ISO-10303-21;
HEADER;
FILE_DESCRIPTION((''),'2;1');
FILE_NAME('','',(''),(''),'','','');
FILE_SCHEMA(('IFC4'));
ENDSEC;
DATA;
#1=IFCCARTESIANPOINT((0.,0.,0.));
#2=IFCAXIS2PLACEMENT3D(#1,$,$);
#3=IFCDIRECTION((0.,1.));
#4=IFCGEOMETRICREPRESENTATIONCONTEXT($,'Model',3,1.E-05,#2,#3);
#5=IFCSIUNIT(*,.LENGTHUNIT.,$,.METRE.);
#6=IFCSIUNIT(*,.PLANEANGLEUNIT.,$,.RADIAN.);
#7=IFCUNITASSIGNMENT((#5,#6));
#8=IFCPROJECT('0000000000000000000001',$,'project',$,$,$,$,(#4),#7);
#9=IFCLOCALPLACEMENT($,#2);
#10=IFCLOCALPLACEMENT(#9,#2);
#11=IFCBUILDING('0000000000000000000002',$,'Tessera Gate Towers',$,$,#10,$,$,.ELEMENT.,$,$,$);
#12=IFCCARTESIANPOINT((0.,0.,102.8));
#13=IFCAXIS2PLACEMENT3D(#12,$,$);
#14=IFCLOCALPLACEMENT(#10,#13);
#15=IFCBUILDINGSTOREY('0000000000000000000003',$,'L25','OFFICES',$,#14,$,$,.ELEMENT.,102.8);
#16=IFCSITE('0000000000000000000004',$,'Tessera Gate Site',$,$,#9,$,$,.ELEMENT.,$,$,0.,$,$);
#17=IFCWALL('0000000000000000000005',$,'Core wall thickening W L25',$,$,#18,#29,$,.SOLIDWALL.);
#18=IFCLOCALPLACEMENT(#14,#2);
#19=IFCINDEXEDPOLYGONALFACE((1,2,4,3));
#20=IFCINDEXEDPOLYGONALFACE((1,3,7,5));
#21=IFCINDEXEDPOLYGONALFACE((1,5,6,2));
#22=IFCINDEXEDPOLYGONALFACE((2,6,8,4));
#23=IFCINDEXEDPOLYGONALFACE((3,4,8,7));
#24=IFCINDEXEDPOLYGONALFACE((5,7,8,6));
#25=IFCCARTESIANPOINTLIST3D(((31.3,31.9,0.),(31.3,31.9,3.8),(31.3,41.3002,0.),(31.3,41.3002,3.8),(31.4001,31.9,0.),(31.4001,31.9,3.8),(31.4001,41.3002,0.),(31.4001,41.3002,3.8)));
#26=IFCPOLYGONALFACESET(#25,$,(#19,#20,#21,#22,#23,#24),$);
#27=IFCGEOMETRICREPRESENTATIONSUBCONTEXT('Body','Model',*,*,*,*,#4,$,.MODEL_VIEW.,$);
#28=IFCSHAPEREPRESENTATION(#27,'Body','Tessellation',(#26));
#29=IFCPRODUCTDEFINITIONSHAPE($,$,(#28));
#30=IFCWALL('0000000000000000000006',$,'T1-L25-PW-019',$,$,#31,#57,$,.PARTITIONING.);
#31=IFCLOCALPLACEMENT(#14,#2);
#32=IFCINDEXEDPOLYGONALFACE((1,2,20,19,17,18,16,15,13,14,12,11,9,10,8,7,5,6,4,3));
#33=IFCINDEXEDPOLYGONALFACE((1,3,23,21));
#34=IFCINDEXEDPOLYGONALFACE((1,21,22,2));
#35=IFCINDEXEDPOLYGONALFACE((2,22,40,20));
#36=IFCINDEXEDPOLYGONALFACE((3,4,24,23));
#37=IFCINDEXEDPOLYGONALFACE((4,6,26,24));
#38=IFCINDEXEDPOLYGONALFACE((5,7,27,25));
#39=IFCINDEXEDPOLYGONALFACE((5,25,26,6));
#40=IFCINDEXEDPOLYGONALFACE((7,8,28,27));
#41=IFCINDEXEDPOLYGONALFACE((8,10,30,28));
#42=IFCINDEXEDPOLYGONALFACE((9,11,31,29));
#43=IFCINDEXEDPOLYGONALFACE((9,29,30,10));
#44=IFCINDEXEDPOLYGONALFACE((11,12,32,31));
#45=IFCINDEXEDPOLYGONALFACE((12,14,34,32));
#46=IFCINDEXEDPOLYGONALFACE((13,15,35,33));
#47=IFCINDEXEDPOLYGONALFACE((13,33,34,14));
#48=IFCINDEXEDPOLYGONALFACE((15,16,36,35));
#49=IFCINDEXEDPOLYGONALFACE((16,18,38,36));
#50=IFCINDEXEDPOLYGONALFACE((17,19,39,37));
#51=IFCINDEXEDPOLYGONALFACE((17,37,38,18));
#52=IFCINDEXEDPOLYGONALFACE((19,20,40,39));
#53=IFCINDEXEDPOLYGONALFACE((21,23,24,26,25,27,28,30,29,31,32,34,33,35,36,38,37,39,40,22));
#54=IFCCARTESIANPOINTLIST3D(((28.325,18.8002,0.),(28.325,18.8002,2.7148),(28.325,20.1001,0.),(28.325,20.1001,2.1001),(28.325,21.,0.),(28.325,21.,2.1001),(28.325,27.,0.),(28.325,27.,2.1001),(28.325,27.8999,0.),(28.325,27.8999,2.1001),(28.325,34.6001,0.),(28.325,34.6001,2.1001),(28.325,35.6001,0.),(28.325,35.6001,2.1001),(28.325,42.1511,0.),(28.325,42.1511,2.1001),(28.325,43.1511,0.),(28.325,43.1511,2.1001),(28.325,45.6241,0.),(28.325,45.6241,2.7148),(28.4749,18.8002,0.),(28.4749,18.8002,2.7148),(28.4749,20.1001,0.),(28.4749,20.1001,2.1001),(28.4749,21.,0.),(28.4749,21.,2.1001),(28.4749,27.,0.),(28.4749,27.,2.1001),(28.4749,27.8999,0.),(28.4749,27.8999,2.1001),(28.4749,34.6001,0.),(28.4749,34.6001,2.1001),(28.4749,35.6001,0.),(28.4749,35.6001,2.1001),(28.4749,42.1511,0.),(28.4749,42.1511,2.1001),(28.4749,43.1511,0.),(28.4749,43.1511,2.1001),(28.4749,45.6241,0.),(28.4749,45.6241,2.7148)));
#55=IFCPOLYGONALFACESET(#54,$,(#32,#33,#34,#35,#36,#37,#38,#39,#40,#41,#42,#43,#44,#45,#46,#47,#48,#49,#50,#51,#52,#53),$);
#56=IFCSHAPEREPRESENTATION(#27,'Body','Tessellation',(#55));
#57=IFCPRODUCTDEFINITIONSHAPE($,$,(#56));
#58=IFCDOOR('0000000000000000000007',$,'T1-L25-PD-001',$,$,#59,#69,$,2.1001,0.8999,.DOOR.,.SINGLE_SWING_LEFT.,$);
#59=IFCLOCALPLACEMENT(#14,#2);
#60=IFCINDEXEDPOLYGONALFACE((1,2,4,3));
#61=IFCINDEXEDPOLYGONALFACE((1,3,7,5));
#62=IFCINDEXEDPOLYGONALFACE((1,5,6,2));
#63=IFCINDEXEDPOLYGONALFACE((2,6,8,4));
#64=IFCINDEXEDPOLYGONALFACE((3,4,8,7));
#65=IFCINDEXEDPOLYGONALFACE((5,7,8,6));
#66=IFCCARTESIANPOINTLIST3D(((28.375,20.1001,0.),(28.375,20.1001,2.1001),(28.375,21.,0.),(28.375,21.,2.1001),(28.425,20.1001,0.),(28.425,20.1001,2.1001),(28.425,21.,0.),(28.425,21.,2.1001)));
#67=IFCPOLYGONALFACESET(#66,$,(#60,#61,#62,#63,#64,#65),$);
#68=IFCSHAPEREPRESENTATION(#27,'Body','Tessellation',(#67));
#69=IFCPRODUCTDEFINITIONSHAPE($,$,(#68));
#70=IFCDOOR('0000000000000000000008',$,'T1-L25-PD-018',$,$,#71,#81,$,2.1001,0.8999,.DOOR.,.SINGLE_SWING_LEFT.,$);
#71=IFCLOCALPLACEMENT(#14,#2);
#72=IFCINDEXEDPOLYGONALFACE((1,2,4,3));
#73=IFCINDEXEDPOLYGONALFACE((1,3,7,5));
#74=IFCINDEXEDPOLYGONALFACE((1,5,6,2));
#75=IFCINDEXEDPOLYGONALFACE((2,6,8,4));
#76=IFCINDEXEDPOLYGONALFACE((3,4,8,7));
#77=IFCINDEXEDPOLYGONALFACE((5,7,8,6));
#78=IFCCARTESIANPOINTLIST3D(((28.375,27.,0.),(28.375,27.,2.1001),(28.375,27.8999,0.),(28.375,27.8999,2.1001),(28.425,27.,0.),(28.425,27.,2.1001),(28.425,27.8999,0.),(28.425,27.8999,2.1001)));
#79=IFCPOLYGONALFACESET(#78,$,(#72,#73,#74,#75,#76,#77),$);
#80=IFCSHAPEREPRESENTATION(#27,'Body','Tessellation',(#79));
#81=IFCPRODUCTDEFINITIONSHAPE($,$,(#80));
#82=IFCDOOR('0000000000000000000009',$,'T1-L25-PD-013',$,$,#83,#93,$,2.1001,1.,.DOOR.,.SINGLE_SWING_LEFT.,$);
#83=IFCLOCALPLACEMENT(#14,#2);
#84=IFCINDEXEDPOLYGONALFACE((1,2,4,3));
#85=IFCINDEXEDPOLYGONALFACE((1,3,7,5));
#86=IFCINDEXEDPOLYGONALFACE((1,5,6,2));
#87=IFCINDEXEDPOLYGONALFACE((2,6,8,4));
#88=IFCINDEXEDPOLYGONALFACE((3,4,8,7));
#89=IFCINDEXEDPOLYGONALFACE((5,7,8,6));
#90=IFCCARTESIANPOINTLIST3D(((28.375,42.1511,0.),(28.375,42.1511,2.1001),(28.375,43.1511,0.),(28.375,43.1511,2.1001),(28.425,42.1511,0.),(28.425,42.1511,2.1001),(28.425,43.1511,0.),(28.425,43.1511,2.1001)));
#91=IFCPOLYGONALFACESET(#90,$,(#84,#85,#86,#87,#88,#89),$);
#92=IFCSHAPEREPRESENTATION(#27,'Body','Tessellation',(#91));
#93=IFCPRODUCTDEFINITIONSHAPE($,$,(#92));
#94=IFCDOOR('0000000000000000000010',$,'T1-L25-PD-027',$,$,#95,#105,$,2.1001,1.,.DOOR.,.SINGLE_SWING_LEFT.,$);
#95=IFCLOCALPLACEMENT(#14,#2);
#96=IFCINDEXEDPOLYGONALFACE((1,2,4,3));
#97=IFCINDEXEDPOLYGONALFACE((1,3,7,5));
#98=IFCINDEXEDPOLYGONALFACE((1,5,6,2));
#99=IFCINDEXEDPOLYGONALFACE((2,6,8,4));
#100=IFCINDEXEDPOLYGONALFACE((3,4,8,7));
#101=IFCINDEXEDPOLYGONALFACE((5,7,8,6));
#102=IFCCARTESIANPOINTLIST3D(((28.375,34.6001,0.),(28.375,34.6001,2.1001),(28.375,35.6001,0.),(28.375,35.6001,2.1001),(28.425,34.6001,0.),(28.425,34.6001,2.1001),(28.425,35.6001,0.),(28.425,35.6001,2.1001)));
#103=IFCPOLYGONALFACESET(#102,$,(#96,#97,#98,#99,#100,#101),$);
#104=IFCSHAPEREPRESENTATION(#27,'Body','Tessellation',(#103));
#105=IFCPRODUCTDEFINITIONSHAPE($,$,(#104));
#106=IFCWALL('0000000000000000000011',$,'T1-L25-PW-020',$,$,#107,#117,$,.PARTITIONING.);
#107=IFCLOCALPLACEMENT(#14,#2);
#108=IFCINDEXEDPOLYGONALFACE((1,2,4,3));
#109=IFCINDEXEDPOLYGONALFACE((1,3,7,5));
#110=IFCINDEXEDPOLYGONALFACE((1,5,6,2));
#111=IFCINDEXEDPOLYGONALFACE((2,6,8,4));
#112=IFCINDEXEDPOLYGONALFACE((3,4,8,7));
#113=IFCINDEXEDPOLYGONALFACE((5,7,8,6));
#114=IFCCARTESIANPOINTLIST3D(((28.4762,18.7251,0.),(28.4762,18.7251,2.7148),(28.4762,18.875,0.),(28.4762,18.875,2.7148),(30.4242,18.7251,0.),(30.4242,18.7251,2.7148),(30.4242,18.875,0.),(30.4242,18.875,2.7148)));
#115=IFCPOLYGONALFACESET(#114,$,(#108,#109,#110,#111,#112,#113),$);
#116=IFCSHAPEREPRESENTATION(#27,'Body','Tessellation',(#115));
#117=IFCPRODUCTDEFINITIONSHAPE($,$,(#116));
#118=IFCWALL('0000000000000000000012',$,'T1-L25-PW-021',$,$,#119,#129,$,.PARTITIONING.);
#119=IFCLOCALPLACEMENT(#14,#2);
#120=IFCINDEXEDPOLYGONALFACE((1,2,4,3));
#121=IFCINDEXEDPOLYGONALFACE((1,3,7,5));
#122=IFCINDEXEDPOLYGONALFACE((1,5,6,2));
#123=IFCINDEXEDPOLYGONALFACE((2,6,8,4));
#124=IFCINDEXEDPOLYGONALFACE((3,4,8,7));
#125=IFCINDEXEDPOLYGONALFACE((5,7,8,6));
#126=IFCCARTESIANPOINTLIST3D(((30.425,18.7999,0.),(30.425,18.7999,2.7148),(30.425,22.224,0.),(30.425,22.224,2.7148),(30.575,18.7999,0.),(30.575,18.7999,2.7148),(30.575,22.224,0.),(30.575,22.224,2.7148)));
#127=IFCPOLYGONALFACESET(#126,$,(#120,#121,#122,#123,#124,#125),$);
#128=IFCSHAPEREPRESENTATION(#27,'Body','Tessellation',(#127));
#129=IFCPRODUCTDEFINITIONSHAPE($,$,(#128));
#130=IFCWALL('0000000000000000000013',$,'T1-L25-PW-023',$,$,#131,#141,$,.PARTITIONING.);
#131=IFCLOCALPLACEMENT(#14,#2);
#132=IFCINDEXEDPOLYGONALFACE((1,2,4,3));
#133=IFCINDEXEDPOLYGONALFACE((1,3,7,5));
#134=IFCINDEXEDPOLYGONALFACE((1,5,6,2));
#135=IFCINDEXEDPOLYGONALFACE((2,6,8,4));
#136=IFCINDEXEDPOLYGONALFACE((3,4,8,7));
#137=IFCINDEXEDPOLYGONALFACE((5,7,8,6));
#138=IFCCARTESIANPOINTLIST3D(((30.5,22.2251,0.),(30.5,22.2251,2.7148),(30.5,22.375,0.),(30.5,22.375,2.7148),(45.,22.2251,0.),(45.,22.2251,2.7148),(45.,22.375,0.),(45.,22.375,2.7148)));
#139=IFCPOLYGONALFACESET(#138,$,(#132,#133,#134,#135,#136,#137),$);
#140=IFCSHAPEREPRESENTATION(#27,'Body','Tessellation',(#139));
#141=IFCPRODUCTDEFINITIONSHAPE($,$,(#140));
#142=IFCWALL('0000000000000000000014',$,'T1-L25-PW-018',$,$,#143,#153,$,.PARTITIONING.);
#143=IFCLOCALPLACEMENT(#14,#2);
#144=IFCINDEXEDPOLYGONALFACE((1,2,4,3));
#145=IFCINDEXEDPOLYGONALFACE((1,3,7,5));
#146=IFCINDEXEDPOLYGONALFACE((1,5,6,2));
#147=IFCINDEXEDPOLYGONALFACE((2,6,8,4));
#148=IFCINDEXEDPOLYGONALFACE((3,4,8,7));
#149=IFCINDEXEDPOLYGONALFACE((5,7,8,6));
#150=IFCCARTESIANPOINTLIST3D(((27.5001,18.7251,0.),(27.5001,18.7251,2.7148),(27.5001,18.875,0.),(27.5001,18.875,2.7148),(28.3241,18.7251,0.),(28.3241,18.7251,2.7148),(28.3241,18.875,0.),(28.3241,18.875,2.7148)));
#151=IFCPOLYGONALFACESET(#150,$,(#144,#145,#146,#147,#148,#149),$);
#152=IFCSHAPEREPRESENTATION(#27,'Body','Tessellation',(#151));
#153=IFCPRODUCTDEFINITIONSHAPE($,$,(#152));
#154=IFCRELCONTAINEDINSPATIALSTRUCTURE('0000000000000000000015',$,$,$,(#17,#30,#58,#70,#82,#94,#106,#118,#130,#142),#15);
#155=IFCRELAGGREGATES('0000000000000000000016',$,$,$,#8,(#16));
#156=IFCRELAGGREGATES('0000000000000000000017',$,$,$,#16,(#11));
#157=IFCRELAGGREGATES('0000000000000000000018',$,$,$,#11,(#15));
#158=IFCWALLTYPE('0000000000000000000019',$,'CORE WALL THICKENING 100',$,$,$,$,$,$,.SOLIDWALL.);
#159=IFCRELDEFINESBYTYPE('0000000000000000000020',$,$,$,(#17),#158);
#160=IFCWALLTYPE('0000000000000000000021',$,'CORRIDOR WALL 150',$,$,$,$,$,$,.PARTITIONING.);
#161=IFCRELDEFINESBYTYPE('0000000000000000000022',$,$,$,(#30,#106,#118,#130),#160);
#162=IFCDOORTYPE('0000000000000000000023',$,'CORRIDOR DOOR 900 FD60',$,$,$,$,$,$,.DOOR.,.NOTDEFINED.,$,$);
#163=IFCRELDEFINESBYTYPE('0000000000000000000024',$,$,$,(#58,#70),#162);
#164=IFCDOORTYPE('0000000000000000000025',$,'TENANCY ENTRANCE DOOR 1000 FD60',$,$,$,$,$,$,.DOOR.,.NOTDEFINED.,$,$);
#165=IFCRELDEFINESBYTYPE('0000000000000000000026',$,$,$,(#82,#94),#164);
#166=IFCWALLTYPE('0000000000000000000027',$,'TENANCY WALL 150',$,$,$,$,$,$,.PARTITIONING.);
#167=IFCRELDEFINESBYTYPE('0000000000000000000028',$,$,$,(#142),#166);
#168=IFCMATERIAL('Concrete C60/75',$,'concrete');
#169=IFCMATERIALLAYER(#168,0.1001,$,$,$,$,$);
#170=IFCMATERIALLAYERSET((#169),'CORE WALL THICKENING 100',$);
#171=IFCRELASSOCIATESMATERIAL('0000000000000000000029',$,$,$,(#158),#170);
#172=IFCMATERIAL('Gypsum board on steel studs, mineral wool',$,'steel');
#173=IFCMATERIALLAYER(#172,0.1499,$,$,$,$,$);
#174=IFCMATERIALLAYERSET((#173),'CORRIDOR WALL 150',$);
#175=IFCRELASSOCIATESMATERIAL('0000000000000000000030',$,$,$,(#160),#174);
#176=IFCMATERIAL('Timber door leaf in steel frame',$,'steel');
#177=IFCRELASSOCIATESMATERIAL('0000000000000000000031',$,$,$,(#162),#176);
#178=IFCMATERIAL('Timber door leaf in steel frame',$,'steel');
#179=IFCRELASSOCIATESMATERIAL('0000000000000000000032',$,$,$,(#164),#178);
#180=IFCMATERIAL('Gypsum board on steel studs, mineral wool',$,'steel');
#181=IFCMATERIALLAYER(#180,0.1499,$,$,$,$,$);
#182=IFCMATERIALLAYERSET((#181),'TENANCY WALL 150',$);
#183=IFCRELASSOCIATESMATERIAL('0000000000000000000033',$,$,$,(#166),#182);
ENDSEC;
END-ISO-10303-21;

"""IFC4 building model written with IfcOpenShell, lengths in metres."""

from ifc_helpers import new_model, si_unit, direction, frame, frame_2d, origin, place, context, subcontext, project, spatial, rectangle, extrude, source, transform, mapped, material, layer, layer_set, type_object, element, fill, save


model = new_model("IFC4")

# Units and contexts
model_context = context("Model", 3, precision=1e-05, world=origin(), true_north=direction((0.0, 1.0)))
body_context = subcontext(model_context, "Body", "Model", "MODEL_VIEW")
ifc_project = project(units=[si_unit("LENGTHUNIT", "METRE"), si_unit("PLANEANGLEUNIT", "RADIAN")], contexts=[model_context])

# Site, building, storey
site_placement = place(None, origin())
site = spatial("IfcSite", under=ifc_project, at=site_placement, Name="Tessera Gate Site", CompositionType="ELEMENT", RefElevation=0.0)
building_placement = place(site_placement, origin())
building = spatial("IfcBuilding", under=site, at=building_placement, Name="Tessera Gate Towers", CompositionType="ELEMENT")
storey_placement = place(building_placement, frame((0.0, 0.0, 102.8)))
storey = spatial("IfcBuildingStorey", under=building, at=storey_placement, Name="L25", Description="OFFICES", CompositionType="ELEMENT", Elevation=102.8)

# Wall
ifc_material_1 = material(Name="Concrete C60/75", Category="concrete")
ifc_layer_1 = layer(ifc_material_1, 0.1001)
ifc_layer_set_1 = layer_set([ifc_layer_1], Name="CORE WALL THICKENING 100")
wall_type_1 = type_object("IfcWallType", Name="CORE WALL THICKENING 100", PredefinedType="SOLIDWALL", material=ifc_layer_set_1)
wall_1_placement = place(storey_placement, frame((31.3501, 31.8999, 0.0), z_axis=(0.0, 0.0, 1.0), x_axis=(0.0, 1.0, 0.0)))
element("IfcWall", 1, at=wall_1_placement, inside=storey, type_object=wall_type_1, Name="Core wall thickening W L25", PredefinedType="SOLIDWALL", context=body_context, shape_type="SweptSolid", body=[
    extrude(rectangle(XDim=9.4001, YDim=0.1001, at=frame_2d((4.7002, 0.0))), origin(), (0.0, 0.0, 1.0), 3.8),
])

# Wall, openings, doors
ifc_material_2 = material(Name="Gypsum board on steel studs, mineral wool", Category="steel")
ifc_layer_2 = layer(ifc_material_2, 0.1499)
ifc_layer_set_2 = layer_set([ifc_layer_2], Name="CORRIDOR WALL 150")
wall_type_2 = type_object("IfcWallType", Name="CORRIDOR WALL 150", PredefinedType="PARTITIONING", material=ifc_layer_set_2)
wall_2_placement = place(storey_placement, frame((28.3999, 18.8, 0.0), z_axis=(0.0, 0.0, 1.0), x_axis=(0.0, 1.0, 0.0)))
wall_2 = element("IfcWall", 2, at=wall_2_placement, inside=storey, type_object=wall_type_2, Name="T1-L25-PW-019", PredefinedType="PARTITIONING", context=body_context, shape_type="SweptSolid", body=[
    extrude(rectangle(XDim=26.824, YDim=0.1499, at=frame_2d((13.4121, 0.0))), origin(), (0.0, 0.0, 1.0), 2.7148),
])
shared_shape_1 = source(origin(), body_context, "Body", "SweptSolid", [
    extrude(rectangle(XDim=0.8999, YDim=2.1001, at=frame_2d((0.45, 1.05))), frame((0.0, 0.085, 0.0), z_axis=(0.0, -1.0, 0.0), x_axis=(1.0, 0.0, 0.0)), (0.0, 0.0, 1.0), 0.1699),
])
opening_1_placement = place(wall_2_placement, frame((1.3, 0.0, 0.0)))
opening_1 = element("IfcOpeningElement", 3, at=opening_1_placement, cuts=wall_2, PredefinedType="OPENING", context=body_context, shape_type="MappedRepresentation", body=[
    mapped(shared_shape_1, transform((0.0, 0.0, 0.0), scale=1.0)),
])
shared_shape_2 = source(origin(), body_context, "Body", "SweptSolid", [
    extrude(rectangle(XDim=1.0, YDim=2.1001, at=frame_2d((0.5, 1.05))), frame((0.0, 0.085, 0.0), z_axis=(0.0, -1.0, 0.0), x_axis=(1.0, 0.0, 0.0)), (0.0, 0.0, 1.0), 0.1699),
])
opening_2_placement = place(wall_2_placement, frame((23.3511, 0.0, 0.0)))
opening_2 = element("IfcOpeningElement", 4, at=opening_2_placement, cuts=wall_2, PredefinedType="OPENING", context=body_context, shape_type="MappedRepresentation", body=[
    mapped(shared_shape_2, transform((0.0, 0.0, 0.0), scale=1.0)),
])
opening_3_placement = place(wall_2_placement, frame((8.2, 0.0, 0.0)))
opening_3 = element("IfcOpeningElement", 5, at=opening_3_placement, cuts=wall_2, PredefinedType="OPENING", context=body_context, shape_type="MappedRepresentation", body=[
    mapped(shared_shape_1, transform((0.0, 0.0, 0.0), scale=1.0)),
])
opening_4_placement = place(wall_2_placement, frame((15.8, 0.0, 0.0)))
opening_4 = element("IfcOpeningElement", 6, at=opening_4_placement, cuts=wall_2, PredefinedType="OPENING", context=body_context, shape_type="MappedRepresentation", body=[
    mapped(shared_shape_2, transform((0.0, 0.0, 0.0), scale=1.0)),
])
ifc_material_3 = material(Name="Timber door leaf in steel frame", Category="steel")
door_type_1 = type_object("IfcDoorType", Name="CORRIDOR DOOR 900 FD60", OperationType="NOTDEFINED", PredefinedType="DOOR", material=ifc_material_3)
shared_shape_3 = source(origin(), body_context, "Body", "SweptSolid", [
    extrude(rectangle(XDim=0.8999, YDim=2.1001, at=frame_2d((0.45, 1.05))), frame((0.0, 0.0249, 0.0), z_axis=(0.0, -1.0, 0.0), x_axis=(1.0, 0.0, 0.0)), (0.0, 0.0, 1.0), 0.05),
])
door_1_placement = place(opening_1_placement, origin())
door_1 = element("IfcDoor", 7, at=door_1_placement, inside=storey, type_object=door_type_1, Name="T1-L25-PD-001", OperationType="SINGLE_SWING_LEFT", OverallHeight=2.1001, OverallWidth=0.8999, PredefinedType="DOOR", context=body_context, shape_type="MappedRepresentation", body=[
    mapped(shared_shape_3, transform((0.0, 0.0, 0.0), scale=1.0)),
])
fill(opening_1, door_1)
door_2_placement = place(opening_3_placement, origin())
door_2 = element("IfcDoor", 8, at=door_2_placement, inside=storey, type_object=door_type_1, Name="T1-L25-PD-018", OperationType="SINGLE_SWING_LEFT", OverallHeight=2.1001, OverallWidth=0.8999, PredefinedType="DOOR", context=body_context, shape_type="MappedRepresentation", body=[
    mapped(shared_shape_3, transform((0.0, 0.0, 0.0), scale=1.0)),
])
fill(opening_3, door_2)
ifc_material_4 = material(Name="Timber door leaf in steel frame", Category="steel")
door_type_2 = type_object("IfcDoorType", Name="TENANCY ENTRANCE DOOR 1000 FD60", OperationType="NOTDEFINED", PredefinedType="DOOR", material=ifc_material_4)
shared_shape_4 = source(origin(), body_context, "Body", "SweptSolid", [
    extrude(rectangle(XDim=1.0, YDim=2.1001, at=frame_2d((0.5, 1.05))), frame((0.0, 0.0249, 0.0), z_axis=(0.0, -1.0, 0.0), x_axis=(1.0, 0.0, 0.0)), (0.0, 0.0, 1.0), 0.05),
])
door_3_placement = place(opening_2_placement, origin())
door_3 = element("IfcDoor", 9, at=door_3_placement, inside=storey, type_object=door_type_2, Name="T1-L25-PD-013", OperationType="SINGLE_SWING_LEFT", OverallHeight=2.1001, OverallWidth=1.0, PredefinedType="DOOR", context=body_context, shape_type="MappedRepresentation", body=[
    mapped(shared_shape_4, transform((0.0, 0.0, 0.0), scale=1.0)),
])
fill(opening_2, door_3)
door_4_placement = place(opening_4_placement, origin())
door_4 = element("IfcDoor", 10, at=door_4_placement, inside=storey, type_object=door_type_2, Name="T1-L25-PD-027", OperationType="SINGLE_SWING_LEFT", OverallHeight=2.1001, OverallWidth=1.0, PredefinedType="DOOR", context=body_context, shape_type="MappedRepresentation", body=[
    mapped(shared_shape_4, transform((0.0, 0.0, 0.0), scale=1.0)),
])
fill(opening_4, door_4)

# Walls
wall_3_placement = place(storey_placement, frame((28.4761, 18.8, 0.0), z_axis=(0.0, 0.0, 1.0), x_axis=(1.0, 0.0, 0.0)))
element("IfcWall", 11, at=wall_3_placement, inside=storey, type_object=wall_type_2, Name="T1-L25-PW-020", PredefinedType="PARTITIONING", context=body_context, shape_type="SweptSolid", body=[
    extrude(rectangle(XDim=1.948, YDim=0.1499, at=frame_2d((0.9741, 0.0))), origin(), (0.0, 0.0, 1.0), 2.7148),
])
wall_4_placement = place(storey_placement, frame((30.5, 18.8, 0.0), z_axis=(0.0, 0.0, 1.0), x_axis=(0.0, 1.0, 0.0)))
element("IfcWall", 12, at=wall_4_placement, inside=storey, type_object=wall_type_2, Name="T1-L25-PW-021", PredefinedType="PARTITIONING", context=body_context, shape_type="SweptSolid", body=[
    extrude(rectangle(XDim=3.4241, YDim=0.1499, at=frame_2d((1.7119, 0.0))), origin(), (0.0, 0.0, 1.0), 2.7148),
])
wall_5_placement = place(storey_placement, frame((30.5, 22.3, 0.0), z_axis=(0.0, 0.0, 1.0), x_axis=(1.0, 0.0, 0.0)))
element("IfcWall", 13, at=wall_5_placement, inside=storey, type_object=wall_type_2, Name="T1-L25-PW-023", PredefinedType="PARTITIONING", context=body_context, shape_type="SweptSolid", body=[
    extrude(rectangle(XDim=14.5, YDim=0.1499, at=frame_2d((7.25, 0.0))), origin(), (0.0, 0.0, 1.0), 2.7148),
])
ifc_material_5 = material(Name="Gypsum board on steel studs, mineral wool", Category="steel")
ifc_layer_3 = layer(ifc_material_5, 0.1499)
ifc_layer_set_3 = layer_set([ifc_layer_3], Name="TENANCY WALL 150")
wall_type_3 = type_object("IfcWallType", Name="TENANCY WALL 150", PredefinedType="PARTITIONING", material=ifc_layer_set_3)
wall_6_placement = place(storey_placement, frame((27.5, 18.8, 0.0), z_axis=(0.0, 0.0, 1.0), x_axis=(1.0, 0.0, 0.0)))
element("IfcWall", 14, at=wall_6_placement, inside=storey, type_object=wall_type_3, Name="T1-L25-PW-018", PredefinedType="PARTITIONING", context=body_context, shape_type="SweptSolid", body=[
    extrude(rectangle(XDim=0.824, YDim=0.1499, at=frame_2d((0.4121, 0.0))), origin(), (0.0, 0.0, 1.0), 2.7148),
])

save(model, "model.ifc")
